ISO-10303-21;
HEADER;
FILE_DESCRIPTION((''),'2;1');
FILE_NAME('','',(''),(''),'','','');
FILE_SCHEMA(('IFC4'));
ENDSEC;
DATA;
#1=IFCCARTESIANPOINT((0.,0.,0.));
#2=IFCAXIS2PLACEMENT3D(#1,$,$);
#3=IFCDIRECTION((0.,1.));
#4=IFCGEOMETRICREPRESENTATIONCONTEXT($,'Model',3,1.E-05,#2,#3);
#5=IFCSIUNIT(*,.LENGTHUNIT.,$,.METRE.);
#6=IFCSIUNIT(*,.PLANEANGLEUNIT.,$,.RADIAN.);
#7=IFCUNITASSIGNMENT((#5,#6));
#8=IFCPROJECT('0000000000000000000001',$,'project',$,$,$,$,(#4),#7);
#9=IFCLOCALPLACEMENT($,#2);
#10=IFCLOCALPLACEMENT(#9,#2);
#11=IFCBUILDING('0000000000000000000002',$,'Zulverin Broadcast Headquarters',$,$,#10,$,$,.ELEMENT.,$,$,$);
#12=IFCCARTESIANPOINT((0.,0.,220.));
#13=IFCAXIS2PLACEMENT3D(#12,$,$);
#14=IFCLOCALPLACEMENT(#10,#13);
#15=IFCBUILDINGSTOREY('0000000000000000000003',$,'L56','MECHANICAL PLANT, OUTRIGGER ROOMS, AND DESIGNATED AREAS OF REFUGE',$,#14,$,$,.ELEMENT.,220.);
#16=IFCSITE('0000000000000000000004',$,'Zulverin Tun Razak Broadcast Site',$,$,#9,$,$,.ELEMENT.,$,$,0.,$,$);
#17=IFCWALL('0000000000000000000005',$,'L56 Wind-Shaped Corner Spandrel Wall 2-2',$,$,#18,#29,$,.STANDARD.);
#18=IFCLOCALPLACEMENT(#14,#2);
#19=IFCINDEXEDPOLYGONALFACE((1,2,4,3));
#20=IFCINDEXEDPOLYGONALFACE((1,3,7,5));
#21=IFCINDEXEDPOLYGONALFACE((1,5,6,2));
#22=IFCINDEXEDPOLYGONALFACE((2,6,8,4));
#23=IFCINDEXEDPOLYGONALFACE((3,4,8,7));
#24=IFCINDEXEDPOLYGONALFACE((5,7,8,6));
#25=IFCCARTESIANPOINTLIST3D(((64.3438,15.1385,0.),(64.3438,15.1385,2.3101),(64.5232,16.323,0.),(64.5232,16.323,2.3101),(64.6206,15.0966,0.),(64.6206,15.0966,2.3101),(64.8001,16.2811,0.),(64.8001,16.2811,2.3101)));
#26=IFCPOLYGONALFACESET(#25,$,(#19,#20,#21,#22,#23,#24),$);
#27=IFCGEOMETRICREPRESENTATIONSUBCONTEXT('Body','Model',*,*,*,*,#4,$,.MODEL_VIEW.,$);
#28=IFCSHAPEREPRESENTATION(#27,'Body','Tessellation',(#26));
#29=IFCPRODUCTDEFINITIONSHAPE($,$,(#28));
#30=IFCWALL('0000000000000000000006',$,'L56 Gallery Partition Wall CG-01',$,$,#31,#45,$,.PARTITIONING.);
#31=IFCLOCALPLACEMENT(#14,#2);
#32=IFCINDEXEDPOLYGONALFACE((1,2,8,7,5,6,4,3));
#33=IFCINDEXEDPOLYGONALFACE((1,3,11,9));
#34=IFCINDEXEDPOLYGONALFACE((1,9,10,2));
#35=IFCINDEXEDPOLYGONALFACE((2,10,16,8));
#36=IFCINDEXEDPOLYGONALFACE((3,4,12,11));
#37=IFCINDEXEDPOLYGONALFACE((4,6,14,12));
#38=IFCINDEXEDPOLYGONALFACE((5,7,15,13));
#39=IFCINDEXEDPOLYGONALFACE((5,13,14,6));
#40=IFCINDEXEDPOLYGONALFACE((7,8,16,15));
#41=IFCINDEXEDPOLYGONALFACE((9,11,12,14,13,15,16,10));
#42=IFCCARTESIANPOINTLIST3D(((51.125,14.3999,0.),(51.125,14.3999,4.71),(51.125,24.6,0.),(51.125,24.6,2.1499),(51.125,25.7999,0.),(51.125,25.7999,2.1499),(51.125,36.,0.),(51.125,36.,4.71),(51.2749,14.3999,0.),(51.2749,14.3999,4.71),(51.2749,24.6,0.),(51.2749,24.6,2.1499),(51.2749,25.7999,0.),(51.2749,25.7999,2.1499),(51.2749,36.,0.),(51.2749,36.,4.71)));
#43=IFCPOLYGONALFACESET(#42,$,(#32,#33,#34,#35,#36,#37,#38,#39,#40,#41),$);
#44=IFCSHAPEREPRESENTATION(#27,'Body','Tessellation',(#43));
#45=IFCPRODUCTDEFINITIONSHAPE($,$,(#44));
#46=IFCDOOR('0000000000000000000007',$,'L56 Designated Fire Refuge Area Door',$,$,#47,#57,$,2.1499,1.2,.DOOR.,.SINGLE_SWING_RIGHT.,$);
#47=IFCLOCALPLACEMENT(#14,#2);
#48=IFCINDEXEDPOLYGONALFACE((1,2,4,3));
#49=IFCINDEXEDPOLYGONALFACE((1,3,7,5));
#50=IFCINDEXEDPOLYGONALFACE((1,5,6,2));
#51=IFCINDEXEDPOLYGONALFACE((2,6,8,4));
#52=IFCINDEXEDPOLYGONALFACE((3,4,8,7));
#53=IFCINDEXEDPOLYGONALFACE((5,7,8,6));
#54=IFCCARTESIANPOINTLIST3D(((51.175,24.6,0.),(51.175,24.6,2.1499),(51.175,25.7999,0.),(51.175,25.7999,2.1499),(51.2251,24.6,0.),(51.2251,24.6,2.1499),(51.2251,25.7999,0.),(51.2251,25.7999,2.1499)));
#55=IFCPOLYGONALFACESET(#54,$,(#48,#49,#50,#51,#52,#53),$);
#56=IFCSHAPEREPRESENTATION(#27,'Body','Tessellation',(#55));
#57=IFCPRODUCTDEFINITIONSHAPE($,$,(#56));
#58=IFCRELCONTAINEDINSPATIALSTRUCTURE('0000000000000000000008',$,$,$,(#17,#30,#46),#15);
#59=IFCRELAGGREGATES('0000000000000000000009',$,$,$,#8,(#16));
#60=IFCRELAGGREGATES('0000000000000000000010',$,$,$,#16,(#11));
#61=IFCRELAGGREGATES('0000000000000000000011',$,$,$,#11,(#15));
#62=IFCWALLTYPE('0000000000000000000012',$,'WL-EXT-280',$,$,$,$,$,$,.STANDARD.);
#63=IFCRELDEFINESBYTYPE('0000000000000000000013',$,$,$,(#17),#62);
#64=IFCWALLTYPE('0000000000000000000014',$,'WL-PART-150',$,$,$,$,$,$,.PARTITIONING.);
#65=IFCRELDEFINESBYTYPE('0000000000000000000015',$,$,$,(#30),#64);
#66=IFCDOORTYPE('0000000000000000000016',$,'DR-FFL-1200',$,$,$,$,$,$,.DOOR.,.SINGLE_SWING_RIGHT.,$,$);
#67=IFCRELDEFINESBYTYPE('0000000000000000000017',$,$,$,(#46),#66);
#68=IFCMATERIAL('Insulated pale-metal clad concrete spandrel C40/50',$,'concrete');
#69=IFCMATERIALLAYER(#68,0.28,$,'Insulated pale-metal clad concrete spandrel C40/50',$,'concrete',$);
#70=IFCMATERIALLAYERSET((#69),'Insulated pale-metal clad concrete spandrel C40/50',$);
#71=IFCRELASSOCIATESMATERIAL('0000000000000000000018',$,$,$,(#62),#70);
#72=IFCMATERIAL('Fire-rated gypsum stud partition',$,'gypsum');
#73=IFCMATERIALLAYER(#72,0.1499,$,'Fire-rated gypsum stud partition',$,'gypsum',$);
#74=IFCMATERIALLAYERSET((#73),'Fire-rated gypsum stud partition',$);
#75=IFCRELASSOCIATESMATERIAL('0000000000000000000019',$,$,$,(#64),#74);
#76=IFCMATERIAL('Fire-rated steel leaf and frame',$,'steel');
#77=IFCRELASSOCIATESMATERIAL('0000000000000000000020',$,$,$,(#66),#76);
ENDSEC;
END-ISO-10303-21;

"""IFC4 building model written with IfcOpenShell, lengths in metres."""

from ifc_helpers import new_model, si_unit, direction, frame, frame_2d, origin, place, context, subcontext, project, spatial, rectangle, extrude, material, layer, layer_set, type_object, element, fill, save


model = new_model("IFC4")

# Units and contexts
model_context = context("Model", 3, precision=1e-05, world=origin(), true_north=direction((0.0, 1.0)))
body_context = subcontext(model_context, "Body", "Model", "MODEL_VIEW")
ifc_project = project(units=[si_unit("LENGTHUNIT", "METRE"), si_unit("PLANEANGLEUNIT", "RADIAN")], contexts=[model_context])

# Site, building, storey
site_placement = place(None, origin())
site = spatial("IfcSite", under=ifc_project, at=site_placement, Name="Zulverin Tun Razak Broadcast Site", CompositionType="ELEMENT", RefElevation=0.0)
building_placement = place(site_placement, origin())
building = spatial("IfcBuilding", under=site, at=building_placement, Name="Zulverin Broadcast Headquarters", CompositionType="ELEMENT")
storey_placement = place(building_placement, frame((0.0, 0.0, 220.0)))
storey = spatial("IfcBuildingStorey", under=building, at=storey_placement, Name="L56", Description="MECHANICAL PLANT, OUTRIGGER ROOMS, AND DESIGNATED AREAS OF REFUGE", CompositionType="ELEMENT", Elevation=220.0)

# Wall
ifc_material_1 = material(Name="Insulated pale-metal clad concrete spandrel C40/50", Category="concrete")
ifc_layer_1 = layer(ifc_material_1, 0.28, Name="Insulated pale-metal clad concrete spandrel C40/50", Category="concrete")
ifc_layer_set_1 = layer_set([ifc_layer_1], Name="Insulated pale-metal clad concrete spandrel C40/50")
wall_type_1 = type_object("IfcWallType", Name="WL-EXT-280", PredefinedType="STANDARD", material=ifc_layer_set_1)
wall_1_placement = place(storey_placement, frame((64.4822, 15.1174, 0.0), z_axis=(0.0, 0.0, 1.0), x_axis=(0.149775, 0.98872, 0.0)))
element("IfcWall", 1, at=wall_1_placement, inside=storey, type_object=wall_type_1, Name="L56 Wind-Shaped Corner Spandrel Wall 2-2", PredefinedType="STANDARD", context=body_context, shape_type="SweptSolid", body=[
    extrude(rectangle(XDim=1.198, YDim=0.28, at=frame_2d((0.5991, 0.0))), origin(), (0.0, 0.0, 1.0), 2.3101),
])

# Wall, opening, door
ifc_material_2 = material(Name="Fire-rated gypsum stud partition", Category="gypsum")
ifc_layer_2 = layer(ifc_material_2, 0.1499, Name="Fire-rated gypsum stud partition", Category="gypsum")
ifc_layer_set_2 = layer_set([ifc_layer_2], Name="Fire-rated gypsum stud partition")
wall_type_2 = type_object("IfcWallType", Name="WL-PART-150", PredefinedType="PARTITIONING", material=ifc_layer_set_2)
wall_2_placement = place(storey_placement, frame((51.2, 14.3999, 0.0), z_axis=(0.0, 0.0, 1.0), x_axis=(0.0, 1.0, 0.0)))
wall_2 = element("IfcWall", 2, at=wall_2_placement, inside=storey, type_object=wall_type_2, Name="L56 Gallery Partition Wall CG-01", PredefinedType="PARTITIONING", context=body_context, shape_type="SweptSolid", body=[
    extrude(rectangle(XDim=21.6001, YDim=0.1499, at=frame_2d((10.8, 0.0))), origin(), (0.0, 0.0, 1.0), 4.71),
])
opening_1_placement = place(wall_2_placement, frame((10.2, 0.0, 0.0)))
opening_1 = element("IfcOpeningElement", 3, at=opening_1_placement, cuts=wall_2, PredefinedType="OPENING", context=body_context, shape_type="SweptSolid", body=[
    extrude(rectangle(XDim=1.2, YDim=2.1499, at=frame_2d((0.6001, 1.075))), frame((0.0, 0.085, 0.0), z_axis=(0.0, -1.0, 0.0), x_axis=(1.0, 0.0, 0.0)), (0.0, 0.0, 1.0), 0.1699),
])
ifc_material_3 = material(Name="Fire-rated steel leaf and frame", Category="steel")
door_type_1 = type_object("IfcDoorType", Name="DR-FFL-1200", OperationType="SINGLE_SWING_RIGHT", PredefinedType="DOOR", material=ifc_material_3)
door_1_placement = place(opening_1_placement, origin())
door_1 = element("IfcDoor", 4, at=door_1_placement, inside=storey, type_object=door_type_1, Name="L56 Designated Fire Refuge Area Door", OperationType="SINGLE_SWING_RIGHT", OverallHeight=2.1499, OverallWidth=1.2, PredefinedType="DOOR", context=body_context, shape_type="SweptSolid", body=[
    extrude(rectangle(XDim=1.2, YDim=2.1499, at=frame_2d((0.6001, 1.075))), frame((0.0, 0.0249, 0.0), z_axis=(0.0, -1.0, 0.0), x_axis=(1.0, 0.0, 0.0)), (0.0, 0.0, 1.0), 0.05),
])
fill(opening_1, door_1)

save(model, "model.ifc")
